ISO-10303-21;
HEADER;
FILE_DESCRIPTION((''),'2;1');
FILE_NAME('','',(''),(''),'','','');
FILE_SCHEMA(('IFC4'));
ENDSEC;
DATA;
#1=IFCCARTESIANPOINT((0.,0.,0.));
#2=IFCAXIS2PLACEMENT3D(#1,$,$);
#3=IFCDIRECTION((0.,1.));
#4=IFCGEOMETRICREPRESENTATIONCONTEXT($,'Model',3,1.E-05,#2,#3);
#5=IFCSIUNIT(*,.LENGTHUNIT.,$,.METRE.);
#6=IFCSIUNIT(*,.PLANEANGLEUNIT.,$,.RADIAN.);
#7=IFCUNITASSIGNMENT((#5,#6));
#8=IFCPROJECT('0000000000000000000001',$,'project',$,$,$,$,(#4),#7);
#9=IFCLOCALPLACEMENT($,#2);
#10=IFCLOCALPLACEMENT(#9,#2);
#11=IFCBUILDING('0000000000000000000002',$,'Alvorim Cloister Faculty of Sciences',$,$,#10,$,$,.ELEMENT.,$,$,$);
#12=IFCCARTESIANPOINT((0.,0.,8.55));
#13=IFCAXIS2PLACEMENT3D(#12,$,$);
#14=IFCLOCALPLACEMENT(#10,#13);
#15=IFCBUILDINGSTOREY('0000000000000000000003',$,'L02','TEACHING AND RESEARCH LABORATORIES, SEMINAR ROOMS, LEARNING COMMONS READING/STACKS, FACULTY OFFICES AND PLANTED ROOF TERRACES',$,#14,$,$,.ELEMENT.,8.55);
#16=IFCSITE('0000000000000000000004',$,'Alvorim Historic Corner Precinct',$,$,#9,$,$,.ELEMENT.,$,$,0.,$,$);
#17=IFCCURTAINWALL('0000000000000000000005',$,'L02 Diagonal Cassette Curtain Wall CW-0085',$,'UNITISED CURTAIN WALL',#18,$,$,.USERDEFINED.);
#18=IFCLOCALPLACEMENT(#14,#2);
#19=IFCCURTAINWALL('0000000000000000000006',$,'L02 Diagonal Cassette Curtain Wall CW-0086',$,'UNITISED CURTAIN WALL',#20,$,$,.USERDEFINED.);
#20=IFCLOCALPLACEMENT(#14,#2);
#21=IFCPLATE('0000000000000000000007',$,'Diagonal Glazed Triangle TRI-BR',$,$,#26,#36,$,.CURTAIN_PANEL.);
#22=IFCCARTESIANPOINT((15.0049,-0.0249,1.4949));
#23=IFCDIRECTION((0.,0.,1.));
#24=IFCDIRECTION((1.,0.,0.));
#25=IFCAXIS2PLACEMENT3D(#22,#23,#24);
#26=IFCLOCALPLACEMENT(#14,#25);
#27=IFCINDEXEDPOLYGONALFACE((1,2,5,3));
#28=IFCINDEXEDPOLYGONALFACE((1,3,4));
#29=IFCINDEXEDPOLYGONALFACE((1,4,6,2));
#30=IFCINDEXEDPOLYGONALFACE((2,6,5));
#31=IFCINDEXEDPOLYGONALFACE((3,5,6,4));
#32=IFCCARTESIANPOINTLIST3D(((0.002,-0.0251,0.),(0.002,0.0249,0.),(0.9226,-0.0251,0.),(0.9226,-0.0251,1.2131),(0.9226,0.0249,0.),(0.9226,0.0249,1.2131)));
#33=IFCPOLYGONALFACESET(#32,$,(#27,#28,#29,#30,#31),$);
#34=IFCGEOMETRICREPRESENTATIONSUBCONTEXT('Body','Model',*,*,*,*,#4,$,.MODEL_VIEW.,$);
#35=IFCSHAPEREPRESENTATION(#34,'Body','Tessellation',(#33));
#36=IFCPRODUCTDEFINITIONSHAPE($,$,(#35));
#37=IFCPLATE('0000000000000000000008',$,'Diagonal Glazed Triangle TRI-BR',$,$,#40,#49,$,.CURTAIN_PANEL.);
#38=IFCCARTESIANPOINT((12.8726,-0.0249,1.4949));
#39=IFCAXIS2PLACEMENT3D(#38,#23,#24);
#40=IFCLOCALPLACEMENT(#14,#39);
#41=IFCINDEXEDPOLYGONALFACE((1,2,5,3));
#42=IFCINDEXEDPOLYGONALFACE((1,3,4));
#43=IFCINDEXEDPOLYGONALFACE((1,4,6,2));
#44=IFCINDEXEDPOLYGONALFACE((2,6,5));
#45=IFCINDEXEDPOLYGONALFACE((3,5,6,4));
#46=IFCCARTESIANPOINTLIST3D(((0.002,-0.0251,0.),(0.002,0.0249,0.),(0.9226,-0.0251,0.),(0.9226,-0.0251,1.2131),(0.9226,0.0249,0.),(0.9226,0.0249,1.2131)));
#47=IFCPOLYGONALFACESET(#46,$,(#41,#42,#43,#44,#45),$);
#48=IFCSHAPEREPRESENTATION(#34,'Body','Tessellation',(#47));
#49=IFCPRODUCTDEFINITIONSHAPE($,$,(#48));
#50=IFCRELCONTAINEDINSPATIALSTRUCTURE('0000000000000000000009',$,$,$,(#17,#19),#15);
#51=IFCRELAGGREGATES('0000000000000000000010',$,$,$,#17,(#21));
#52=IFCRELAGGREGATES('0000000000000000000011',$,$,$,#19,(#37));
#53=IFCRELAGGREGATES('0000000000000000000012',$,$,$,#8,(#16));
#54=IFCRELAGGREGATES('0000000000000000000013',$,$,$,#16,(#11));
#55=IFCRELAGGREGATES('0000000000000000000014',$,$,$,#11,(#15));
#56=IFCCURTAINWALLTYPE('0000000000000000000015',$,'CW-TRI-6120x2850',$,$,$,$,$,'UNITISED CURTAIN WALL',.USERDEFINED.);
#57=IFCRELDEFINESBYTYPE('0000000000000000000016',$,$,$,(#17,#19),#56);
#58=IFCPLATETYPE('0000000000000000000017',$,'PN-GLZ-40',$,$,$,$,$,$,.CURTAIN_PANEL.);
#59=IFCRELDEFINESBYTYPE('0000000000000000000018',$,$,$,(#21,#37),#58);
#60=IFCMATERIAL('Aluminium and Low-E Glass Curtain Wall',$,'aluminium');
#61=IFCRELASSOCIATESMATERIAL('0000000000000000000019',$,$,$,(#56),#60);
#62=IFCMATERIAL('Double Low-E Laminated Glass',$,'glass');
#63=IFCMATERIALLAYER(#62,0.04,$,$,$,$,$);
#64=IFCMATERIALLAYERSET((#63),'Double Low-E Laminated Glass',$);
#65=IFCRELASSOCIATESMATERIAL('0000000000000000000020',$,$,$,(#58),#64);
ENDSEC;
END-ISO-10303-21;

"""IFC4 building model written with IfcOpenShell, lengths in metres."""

from ifc_helpers import new_model, si_unit, direction, frame, origin, place, context, subcontext, project, spatial, polyline, outline, extrude, material, layer, layer_set, type_object, element, aggregate, save


model = new_model("IFC4")

# Units and contexts
model_context = context("Model", 3, precision=1e-05, world=origin(), true_north=direction((0.0, 1.0)))
body_context = subcontext(model_context, "Body", "Model", "MODEL_VIEW")
ifc_project = project(units=[si_unit("LENGTHUNIT", "METRE"), si_unit("PLANEANGLEUNIT", "RADIAN")], contexts=[model_context])

# Site, building, storey
site_placement = place(None, origin())
site = spatial("IfcSite", under=ifc_project, at=site_placement, Name="Alvorim Historic Corner Precinct", CompositionType="ELEMENT", RefElevation=0.0)
building_placement = place(site_placement, origin())
building = spatial("IfcBuilding", under=site, at=building_placement, Name="Alvorim Cloister Faculty of Sciences", CompositionType="ELEMENT")
storey_placement = place(building_placement, frame((0.0, 0.0, 8.55)))
storey = spatial("IfcBuildingStorey", under=building, at=storey_placement, Name="L02", Description="TEACHING AND RESEARCH LABORATORIES, SEMINAR ROOMS, LEARNING COMMONS READING/STACKS, FACULTY OFFICES AND PLANTED ROOF TERRACES", CompositionType="ELEMENT", Elevation=8.55)

# Curtain walls
ifc_material_1 = material(Name="Aluminium and Low-E Glass Curtain Wall", Category="aluminium")
curtain_wall_type = type_object("IfcCurtainWallType", Name="CW-TRI-6120x2850", ElementType="UNITISED CURTAIN WALL", PredefinedType="USERDEFINED", material=ifc_material_1)
curtain_wall_1_placement = place(storey_placement, origin())
curtain_wall_1 = element("IfcCurtainWall", 1, at=curtain_wall_1_placement, inside=storey, type_object=curtain_wall_type, Name="L02 Diagonal Cassette Curtain Wall CW-0085", ObjectType="UNITISED CURTAIN WALL", PredefinedType="USERDEFINED")
curtain_wall_2_placement = place(storey_placement, origin())
curtain_wall_2 = element("IfcCurtainWall", 2, at=curtain_wall_2_placement, inside=storey, type_object=curtain_wall_type, Name="L02 Diagonal Cassette Curtain Wall CW-0086", ObjectType="UNITISED CURTAIN WALL", PredefinedType="USERDEFINED")

# Plates
ifc_material_2 = material(Name="Double Low-E Laminated Glass", Category="glass")
ifc_layer_1 = layer(ifc_material_2, 0.04)
ifc_layer_set_1 = layer_set([ifc_layer_1], Name="Double Low-E Laminated Glass")
plate_type = type_object("IfcPlateType", Name="PN-GLZ-40", PredefinedType="CURTAIN_PANEL", material=ifc_layer_set_1)
plate_1_placement = place(storey_placement, frame((15.0049, -0.0249, 1.4949), z_axis=(0.0, 0.0, 1.0), x_axis=(1.0, 0.0, 0.0)))
plate_1 = element("IfcPlate", 3, at=plate_1_placement, type_object=plate_type, Name="Diagonal Glazed Triangle TRI-BR", PredefinedType="CURTAIN_PANEL", context=body_context, shape_type="SweptSolid", body=[
    extrude(outline(polyline([(0.002, 0.0), (0.9226, 0.0), (0.9226, 1.2131), (0.002, 0.0)])), frame((0.0, 0.0249, 0.0), z_axis=(0.0, -1.0, 0.0), x_axis=(1.0, 0.0, 0.0)), (0.0, 0.0, 1.0), 0.05),
])
aggregate(curtain_wall_1, [plate_1])
plate_2_placement = place(storey_placement, frame((12.8726, -0.0249, 1.4949), z_axis=(0.0, 0.0, 1.0), x_axis=(1.0, 0.0, 0.0)))
plate_2 = element("IfcPlate", 4, at=plate_2_placement, type_object=plate_type, Name="Diagonal Glazed Triangle TRI-BR", PredefinedType="CURTAIN_PANEL", context=body_context, shape_type="SweptSolid", body=[
    extrude(outline(polyline([(0.002, 0.0), (0.9226, 0.0), (0.9226, 1.2131), (0.002, 0.0)])), frame((0.0, 0.0249, 0.0), z_axis=(0.0, -1.0, 0.0), x_axis=(1.0, 0.0, 0.0)), (0.0, 0.0, 1.0), 0.05),
])
aggregate(curtain_wall_2, [plate_2])

save(model, "model.ifc")
